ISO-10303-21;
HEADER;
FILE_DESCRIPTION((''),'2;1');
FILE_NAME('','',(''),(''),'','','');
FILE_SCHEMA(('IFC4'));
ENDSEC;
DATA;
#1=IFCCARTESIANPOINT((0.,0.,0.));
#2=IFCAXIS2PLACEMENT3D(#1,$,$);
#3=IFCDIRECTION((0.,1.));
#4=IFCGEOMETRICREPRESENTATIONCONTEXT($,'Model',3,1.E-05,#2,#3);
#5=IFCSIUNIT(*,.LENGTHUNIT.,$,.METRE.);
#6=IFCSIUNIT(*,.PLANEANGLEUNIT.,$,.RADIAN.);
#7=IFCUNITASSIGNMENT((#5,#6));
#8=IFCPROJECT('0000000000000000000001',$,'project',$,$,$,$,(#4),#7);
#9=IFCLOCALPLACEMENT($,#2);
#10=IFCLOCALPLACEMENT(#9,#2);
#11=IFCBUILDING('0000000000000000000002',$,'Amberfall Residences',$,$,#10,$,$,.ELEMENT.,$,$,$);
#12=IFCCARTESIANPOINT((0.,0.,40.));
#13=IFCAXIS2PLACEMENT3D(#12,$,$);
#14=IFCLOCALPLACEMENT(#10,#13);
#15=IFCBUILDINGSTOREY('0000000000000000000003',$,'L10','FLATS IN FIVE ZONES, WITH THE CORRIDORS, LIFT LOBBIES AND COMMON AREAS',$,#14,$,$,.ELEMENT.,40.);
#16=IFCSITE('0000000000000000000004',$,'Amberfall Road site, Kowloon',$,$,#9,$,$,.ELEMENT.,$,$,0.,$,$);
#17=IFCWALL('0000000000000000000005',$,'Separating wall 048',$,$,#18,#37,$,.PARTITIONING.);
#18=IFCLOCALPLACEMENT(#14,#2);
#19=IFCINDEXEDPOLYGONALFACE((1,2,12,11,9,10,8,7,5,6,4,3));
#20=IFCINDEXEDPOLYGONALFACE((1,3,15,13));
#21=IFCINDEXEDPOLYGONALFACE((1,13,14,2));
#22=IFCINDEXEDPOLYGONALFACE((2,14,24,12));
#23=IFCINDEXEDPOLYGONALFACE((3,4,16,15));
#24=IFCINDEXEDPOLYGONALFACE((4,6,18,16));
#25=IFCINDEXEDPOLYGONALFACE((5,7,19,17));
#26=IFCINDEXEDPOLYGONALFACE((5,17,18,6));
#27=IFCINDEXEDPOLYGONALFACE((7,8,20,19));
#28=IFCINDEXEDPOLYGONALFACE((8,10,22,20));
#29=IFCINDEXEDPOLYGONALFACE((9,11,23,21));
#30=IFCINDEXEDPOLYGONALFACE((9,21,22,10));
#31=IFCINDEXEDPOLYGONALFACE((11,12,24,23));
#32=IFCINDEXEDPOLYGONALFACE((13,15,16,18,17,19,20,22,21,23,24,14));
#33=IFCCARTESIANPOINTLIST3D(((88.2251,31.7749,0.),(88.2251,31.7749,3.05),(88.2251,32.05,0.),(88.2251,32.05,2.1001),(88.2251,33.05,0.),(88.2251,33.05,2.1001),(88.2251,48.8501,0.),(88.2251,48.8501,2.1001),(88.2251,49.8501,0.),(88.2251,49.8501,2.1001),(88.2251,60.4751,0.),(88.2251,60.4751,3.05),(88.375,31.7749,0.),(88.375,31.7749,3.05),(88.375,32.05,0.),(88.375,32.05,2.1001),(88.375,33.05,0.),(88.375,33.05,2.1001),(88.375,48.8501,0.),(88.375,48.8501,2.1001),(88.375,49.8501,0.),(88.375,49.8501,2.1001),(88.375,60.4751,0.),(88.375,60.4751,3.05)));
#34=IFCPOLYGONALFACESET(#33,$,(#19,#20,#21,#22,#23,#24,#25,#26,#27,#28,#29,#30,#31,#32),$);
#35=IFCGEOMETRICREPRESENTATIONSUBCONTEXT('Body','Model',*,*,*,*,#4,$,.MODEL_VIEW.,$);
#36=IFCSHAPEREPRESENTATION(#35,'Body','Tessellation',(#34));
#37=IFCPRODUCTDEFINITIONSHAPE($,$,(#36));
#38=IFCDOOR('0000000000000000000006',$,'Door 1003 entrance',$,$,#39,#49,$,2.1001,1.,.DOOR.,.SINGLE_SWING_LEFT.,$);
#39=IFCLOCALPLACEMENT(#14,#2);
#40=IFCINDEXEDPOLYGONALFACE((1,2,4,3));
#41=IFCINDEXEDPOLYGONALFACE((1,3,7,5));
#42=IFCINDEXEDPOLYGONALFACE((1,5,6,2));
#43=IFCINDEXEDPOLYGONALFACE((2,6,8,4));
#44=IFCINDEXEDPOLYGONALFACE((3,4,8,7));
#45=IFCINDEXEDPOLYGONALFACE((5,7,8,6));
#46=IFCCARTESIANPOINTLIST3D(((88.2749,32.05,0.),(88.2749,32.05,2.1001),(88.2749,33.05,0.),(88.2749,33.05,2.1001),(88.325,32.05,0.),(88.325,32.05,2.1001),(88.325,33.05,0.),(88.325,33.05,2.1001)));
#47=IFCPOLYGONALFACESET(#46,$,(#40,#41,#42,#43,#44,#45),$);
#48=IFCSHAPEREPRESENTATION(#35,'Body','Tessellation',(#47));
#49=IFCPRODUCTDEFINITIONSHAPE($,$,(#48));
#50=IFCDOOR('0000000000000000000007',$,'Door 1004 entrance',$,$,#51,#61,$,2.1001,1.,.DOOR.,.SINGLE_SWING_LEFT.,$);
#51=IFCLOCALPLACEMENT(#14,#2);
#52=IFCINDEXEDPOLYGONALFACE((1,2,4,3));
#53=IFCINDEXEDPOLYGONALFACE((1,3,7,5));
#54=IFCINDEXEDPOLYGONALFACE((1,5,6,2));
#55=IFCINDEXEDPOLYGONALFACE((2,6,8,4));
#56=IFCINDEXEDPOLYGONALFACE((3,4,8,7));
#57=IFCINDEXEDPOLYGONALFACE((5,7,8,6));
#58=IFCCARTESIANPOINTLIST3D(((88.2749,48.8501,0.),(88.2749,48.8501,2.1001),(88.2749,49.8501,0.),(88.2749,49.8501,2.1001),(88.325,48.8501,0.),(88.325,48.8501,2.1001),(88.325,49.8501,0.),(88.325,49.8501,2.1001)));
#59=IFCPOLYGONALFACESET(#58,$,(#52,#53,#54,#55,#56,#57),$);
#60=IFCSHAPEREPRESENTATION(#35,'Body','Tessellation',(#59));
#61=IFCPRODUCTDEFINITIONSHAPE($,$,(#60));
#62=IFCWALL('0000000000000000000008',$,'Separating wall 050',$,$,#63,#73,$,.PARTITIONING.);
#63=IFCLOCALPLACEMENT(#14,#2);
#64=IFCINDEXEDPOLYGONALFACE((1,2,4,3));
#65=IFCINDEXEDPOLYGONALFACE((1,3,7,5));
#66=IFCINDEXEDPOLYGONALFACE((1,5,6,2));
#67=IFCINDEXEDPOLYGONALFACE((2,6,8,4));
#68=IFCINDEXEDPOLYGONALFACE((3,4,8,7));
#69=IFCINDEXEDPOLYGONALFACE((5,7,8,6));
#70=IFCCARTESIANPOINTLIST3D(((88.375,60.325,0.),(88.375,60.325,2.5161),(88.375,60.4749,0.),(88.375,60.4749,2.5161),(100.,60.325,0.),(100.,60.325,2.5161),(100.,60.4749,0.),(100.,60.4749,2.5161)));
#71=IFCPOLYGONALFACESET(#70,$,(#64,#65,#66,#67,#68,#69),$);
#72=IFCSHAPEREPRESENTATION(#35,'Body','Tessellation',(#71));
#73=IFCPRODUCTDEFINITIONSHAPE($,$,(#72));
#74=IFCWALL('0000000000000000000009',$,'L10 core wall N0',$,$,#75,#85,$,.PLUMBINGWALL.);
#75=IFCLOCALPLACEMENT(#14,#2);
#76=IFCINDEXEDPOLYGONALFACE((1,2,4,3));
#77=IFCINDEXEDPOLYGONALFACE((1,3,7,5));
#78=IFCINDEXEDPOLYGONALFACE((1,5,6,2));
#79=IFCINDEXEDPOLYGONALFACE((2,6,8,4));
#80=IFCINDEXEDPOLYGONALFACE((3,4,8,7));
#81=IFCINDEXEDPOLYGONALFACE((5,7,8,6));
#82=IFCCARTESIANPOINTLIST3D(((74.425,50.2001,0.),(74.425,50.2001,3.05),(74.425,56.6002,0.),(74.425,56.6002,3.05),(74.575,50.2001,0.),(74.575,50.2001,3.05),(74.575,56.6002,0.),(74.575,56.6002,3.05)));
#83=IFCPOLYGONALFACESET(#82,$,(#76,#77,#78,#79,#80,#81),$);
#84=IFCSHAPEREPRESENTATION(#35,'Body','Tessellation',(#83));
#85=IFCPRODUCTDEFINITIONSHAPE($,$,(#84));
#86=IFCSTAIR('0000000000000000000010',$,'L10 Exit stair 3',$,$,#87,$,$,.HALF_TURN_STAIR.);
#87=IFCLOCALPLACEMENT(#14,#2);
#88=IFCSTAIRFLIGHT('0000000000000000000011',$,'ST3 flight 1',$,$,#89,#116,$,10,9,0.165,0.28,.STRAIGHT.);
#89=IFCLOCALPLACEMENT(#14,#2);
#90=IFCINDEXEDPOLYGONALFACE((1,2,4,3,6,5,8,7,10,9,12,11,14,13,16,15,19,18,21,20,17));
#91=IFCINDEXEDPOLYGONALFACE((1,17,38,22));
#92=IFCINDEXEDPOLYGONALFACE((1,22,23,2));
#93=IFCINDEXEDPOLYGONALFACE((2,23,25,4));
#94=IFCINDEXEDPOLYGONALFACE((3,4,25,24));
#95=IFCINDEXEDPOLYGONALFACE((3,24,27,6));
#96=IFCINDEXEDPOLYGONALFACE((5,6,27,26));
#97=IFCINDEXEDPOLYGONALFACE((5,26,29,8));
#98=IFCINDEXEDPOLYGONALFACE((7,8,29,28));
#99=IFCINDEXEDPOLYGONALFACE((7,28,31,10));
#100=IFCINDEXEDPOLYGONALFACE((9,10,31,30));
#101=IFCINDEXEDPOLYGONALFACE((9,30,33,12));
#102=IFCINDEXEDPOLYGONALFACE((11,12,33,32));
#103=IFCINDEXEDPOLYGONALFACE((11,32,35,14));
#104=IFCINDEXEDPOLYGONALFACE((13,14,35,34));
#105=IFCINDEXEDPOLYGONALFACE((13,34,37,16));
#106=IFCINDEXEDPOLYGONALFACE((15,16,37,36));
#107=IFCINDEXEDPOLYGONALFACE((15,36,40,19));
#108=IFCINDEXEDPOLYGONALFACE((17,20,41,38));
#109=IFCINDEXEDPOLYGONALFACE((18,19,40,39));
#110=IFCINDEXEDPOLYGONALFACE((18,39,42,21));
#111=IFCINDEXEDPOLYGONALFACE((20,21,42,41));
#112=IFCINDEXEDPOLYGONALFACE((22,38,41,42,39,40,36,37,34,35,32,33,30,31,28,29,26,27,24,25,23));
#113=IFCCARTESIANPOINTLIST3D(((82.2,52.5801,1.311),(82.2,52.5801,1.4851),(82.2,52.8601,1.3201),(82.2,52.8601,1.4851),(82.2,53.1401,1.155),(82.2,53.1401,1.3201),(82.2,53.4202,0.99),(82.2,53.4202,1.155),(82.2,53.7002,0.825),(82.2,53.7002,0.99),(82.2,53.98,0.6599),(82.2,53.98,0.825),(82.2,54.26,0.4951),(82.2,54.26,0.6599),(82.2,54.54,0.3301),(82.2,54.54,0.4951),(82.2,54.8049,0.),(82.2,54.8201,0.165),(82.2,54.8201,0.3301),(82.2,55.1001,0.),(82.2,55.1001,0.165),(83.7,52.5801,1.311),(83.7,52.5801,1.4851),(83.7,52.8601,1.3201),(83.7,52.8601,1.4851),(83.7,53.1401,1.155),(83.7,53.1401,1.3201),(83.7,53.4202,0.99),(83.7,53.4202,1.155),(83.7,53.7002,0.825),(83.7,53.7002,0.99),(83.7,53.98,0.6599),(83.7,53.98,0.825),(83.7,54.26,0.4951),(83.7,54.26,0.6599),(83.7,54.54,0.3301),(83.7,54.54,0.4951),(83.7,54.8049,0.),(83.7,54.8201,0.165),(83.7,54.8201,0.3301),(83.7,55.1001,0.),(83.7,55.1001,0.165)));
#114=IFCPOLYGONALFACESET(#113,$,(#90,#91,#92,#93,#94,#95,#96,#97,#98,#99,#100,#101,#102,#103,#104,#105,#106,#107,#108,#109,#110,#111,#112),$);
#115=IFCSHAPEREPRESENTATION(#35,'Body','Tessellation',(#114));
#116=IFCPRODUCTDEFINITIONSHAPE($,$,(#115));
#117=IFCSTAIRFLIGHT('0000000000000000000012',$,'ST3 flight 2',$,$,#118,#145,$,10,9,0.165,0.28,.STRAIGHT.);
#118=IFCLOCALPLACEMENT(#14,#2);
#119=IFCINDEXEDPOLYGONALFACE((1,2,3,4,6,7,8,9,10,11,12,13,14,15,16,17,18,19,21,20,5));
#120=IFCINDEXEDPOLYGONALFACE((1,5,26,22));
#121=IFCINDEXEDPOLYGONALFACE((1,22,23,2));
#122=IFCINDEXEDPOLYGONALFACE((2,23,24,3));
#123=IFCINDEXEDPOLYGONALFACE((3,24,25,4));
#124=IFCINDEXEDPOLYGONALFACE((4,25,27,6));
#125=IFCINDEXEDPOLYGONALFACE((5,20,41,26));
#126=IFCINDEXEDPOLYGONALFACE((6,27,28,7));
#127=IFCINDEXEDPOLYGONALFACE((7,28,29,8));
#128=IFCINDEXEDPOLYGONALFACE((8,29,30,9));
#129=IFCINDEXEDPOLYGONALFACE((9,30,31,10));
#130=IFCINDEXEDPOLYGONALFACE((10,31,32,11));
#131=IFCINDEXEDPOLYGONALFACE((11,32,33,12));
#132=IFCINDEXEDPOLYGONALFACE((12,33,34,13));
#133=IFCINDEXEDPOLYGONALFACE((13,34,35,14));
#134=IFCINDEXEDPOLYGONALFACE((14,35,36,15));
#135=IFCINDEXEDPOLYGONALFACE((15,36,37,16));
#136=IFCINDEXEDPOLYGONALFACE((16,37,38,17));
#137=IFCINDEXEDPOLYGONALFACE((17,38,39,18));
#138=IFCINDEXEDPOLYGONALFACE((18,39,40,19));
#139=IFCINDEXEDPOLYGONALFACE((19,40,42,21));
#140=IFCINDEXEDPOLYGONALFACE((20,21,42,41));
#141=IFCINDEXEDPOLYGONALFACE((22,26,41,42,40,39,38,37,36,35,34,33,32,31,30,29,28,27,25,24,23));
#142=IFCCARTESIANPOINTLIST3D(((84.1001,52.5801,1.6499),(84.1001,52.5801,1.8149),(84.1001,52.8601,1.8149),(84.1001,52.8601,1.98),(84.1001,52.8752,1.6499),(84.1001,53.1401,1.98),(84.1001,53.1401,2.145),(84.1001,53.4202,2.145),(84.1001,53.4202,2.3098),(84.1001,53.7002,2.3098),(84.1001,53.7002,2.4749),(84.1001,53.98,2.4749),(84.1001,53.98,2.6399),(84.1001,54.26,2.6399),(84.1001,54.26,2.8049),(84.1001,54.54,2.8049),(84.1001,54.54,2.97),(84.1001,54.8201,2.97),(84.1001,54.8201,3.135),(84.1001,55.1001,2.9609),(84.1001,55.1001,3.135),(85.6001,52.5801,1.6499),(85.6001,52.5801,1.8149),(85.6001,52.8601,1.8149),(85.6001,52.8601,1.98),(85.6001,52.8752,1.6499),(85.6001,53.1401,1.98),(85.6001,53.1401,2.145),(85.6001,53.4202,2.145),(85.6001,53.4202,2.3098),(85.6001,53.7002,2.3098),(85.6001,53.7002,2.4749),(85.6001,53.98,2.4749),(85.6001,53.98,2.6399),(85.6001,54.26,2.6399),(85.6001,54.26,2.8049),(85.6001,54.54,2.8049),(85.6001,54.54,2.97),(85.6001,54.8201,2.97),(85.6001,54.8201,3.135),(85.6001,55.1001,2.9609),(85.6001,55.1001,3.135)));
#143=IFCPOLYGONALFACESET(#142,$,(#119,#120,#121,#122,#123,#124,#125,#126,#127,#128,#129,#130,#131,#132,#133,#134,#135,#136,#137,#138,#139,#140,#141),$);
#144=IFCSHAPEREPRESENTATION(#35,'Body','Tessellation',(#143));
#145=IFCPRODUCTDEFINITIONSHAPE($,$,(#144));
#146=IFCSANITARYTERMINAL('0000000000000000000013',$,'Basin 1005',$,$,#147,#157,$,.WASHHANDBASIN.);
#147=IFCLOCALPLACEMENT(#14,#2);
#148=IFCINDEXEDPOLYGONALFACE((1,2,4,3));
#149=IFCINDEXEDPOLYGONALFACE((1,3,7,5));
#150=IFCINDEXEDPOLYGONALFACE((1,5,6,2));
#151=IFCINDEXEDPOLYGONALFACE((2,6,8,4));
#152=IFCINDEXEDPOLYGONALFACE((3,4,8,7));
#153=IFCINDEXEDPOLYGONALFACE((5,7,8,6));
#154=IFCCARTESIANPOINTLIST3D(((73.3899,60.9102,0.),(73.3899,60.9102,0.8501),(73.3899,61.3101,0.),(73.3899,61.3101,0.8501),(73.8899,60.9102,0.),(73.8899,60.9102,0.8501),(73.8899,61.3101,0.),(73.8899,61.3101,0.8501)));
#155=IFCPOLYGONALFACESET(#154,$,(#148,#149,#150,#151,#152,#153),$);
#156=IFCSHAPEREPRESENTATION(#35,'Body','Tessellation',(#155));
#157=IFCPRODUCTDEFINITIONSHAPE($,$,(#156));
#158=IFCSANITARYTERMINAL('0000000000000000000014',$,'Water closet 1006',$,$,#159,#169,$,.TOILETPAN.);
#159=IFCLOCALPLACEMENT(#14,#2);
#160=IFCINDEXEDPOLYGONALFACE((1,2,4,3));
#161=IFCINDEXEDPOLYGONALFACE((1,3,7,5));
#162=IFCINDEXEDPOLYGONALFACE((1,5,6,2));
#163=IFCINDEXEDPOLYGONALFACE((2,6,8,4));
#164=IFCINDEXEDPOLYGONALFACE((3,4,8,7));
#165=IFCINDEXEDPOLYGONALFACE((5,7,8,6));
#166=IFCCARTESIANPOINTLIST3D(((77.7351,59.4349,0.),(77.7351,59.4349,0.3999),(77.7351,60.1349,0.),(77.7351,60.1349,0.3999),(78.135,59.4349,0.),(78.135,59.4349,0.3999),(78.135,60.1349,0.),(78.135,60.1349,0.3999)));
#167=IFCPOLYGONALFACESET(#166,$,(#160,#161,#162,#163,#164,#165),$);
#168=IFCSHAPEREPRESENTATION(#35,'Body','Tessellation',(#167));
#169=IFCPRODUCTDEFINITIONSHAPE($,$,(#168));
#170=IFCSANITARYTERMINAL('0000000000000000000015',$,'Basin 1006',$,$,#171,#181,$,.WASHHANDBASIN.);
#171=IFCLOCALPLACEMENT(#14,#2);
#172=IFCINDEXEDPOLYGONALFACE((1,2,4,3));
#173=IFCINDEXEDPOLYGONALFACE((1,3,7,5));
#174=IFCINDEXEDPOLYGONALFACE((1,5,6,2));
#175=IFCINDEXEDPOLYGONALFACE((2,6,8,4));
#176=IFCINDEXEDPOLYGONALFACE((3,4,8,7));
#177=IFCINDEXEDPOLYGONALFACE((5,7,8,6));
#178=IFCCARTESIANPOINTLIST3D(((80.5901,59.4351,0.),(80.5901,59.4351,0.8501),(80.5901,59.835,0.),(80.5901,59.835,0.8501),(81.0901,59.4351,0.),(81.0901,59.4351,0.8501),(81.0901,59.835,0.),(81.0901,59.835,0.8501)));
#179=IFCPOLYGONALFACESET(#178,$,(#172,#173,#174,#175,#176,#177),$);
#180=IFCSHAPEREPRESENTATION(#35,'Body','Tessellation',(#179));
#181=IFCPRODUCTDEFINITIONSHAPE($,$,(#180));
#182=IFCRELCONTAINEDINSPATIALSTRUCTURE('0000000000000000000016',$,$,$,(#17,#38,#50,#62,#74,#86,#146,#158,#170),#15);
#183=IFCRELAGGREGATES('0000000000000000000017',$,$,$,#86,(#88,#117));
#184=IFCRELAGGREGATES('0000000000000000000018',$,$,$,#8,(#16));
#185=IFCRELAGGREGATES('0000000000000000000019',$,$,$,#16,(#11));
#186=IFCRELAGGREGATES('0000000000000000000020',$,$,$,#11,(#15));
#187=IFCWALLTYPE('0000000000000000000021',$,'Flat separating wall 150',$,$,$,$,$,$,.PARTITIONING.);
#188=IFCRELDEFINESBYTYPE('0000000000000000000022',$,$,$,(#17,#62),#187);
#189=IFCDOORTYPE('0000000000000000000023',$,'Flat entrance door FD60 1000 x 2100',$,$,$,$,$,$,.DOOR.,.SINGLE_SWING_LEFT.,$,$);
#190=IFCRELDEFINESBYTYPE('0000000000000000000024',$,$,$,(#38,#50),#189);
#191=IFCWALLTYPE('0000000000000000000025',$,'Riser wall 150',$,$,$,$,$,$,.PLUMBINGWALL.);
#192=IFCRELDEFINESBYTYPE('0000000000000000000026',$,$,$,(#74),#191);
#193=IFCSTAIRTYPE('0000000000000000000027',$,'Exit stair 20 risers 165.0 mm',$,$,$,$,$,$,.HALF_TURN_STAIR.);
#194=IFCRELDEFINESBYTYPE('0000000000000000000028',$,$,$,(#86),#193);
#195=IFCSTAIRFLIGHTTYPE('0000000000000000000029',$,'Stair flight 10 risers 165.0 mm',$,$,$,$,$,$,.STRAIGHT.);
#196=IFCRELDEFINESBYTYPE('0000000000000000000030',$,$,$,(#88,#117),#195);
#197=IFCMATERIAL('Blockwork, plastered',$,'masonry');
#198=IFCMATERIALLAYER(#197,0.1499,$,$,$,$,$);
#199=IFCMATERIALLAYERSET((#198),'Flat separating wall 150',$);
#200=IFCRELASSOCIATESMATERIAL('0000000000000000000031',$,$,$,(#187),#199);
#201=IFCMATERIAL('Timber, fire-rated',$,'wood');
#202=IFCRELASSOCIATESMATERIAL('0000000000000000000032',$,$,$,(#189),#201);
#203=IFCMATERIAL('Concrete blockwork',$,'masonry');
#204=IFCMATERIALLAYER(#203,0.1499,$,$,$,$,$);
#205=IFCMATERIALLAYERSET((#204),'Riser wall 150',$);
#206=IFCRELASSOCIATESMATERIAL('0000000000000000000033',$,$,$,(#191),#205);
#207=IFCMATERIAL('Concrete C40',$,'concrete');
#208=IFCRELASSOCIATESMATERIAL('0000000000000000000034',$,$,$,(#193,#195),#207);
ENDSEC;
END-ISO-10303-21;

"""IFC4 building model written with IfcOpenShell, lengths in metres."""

from ifc_helpers import new_model, si_unit, direction, frame, frame_2d, origin, origin_2d, place, context, subcontext, project, spatial, polyline, rectangle, outline, extrude, material, layer, layer_set, type_object, element, fill, aggregate, save


model = new_model("IFC4")

# Units and contexts
model_context = context("Model", 3, precision=1e-05, world=origin(), true_north=direction((0.0, 1.0)))
body_context = subcontext(model_context, "Body", "Model", "MODEL_VIEW")
ifc_project = project(units=[si_unit("LENGTHUNIT", "METRE"), si_unit("PLANEANGLEUNIT", "RADIAN")], contexts=[model_context])

# Site, building, storey
site_placement = place(None, origin())
site = spatial("IfcSite", under=ifc_project, at=site_placement, Name="Amberfall Road site, Kowloon", CompositionType="ELEMENT", RefElevation=0.0)
building_placement = place(site_placement, origin())
building = spatial("IfcBuilding", under=site, at=building_placement, Name="Amberfall Residences", CompositionType="ELEMENT")
storey_placement = place(building_placement, frame((0.0, 0.0, 40.0)))
storey = spatial("IfcBuildingStorey", under=building, at=storey_placement, Name="L10", Description="FLATS IN FIVE ZONES, WITH THE CORRIDORS, LIFT LOBBIES AND COMMON AREAS", CompositionType="ELEMENT", Elevation=40.0)

# Shared definitions
ifc_material_1 = material(Name="Blockwork, plastered", Category="masonry")
ifc_layer_1 = layer(ifc_material_1, 0.1499)
ifc_layer_set_1 = layer_set([ifc_layer_1], Name="Flat separating wall 150")
wall_type_1 = type_object("IfcWallType", Name="Flat separating wall 150", PredefinedType="PARTITIONING", material=ifc_layer_set_1)

# Wall, openings, doors
wall_1_placement = place(storey_placement, frame((88.3, 60.4751, 0.0), z_axis=(0.0, 0.0, 1.0), x_axis=(0.0, -1.0, 0.0)))
wall_1 = element("IfcWall", 1, at=wall_1_placement, inside=storey, type_object=wall_type_1, Name="Separating wall 048", PredefinedType="PARTITIONING", context=body_context, shape_type="SweptSolid", body=[
    extrude(rectangle(XDim=28.7002, YDim=0.1499, at=frame_2d((14.3501, 0.0))), origin(), (0.0, 0.0, 1.0), 3.05),
])
opening_1_placement = place(wall_1_placement, frame((27.425, 0.0, 0.0)))
opening_1 = element("IfcOpeningElement", 2, at=opening_1_placement, cuts=wall_1, PredefinedType="OPENING", context=body_context, shape_type="SweptSolid", body=[
    extrude(rectangle(XDim=1.0, YDim=2.1001, at=frame_2d((0.5, 1.05))), frame((0.0, 0.085, 0.0), z_axis=(0.0, -1.0, 0.0), x_axis=(1.0, 0.0, 0.0)), (0.0, 0.0, 1.0), 0.1699),
])
opening_2_placement = place(wall_1_placement, frame((10.625, 0.0, 0.0)))
opening_2 = element("IfcOpeningElement", 3, at=opening_2_placement, cuts=wall_1, PredefinedType="OPENING", context=body_context, shape_type="SweptSolid", body=[
    extrude(rectangle(XDim=1.0, YDim=2.1001, at=frame_2d((0.5, 1.05))), frame((0.0, 0.085, 0.0), z_axis=(0.0, -1.0, 0.0), x_axis=(1.0, 0.0, 0.0)), (0.0, 0.0, 1.0), 0.1699),
])
ifc_material_2 = material(Name="Timber, fire-rated", Category="wood")
door_type_1 = type_object("IfcDoorType", Name="Flat entrance door FD60 1000 x 2100", OperationType="SINGLE_SWING_LEFT", PredefinedType="DOOR", material=ifc_material_2)
door_1_placement = place(opening_1_placement, origin())
door_1 = element("IfcDoor", 4, at=door_1_placement, inside=storey, type_object=door_type_1, Name="Door 1003 entrance", OperationType="SINGLE_SWING_LEFT", OverallHeight=2.1001, OverallWidth=1.0, PredefinedType="DOOR", context=body_context, shape_type="SweptSolid", body=[
    extrude(rectangle(XDim=1.0, YDim=2.1001, at=frame_2d((0.5, 1.05))), frame((0.0, 0.0249, 0.0), z_axis=(0.0, -1.0, 0.0), x_axis=(1.0, 0.0, 0.0)), (0.0, 0.0, 1.0), 0.05),
])
fill(opening_1, door_1)
door_2_placement = place(opening_2_placement, origin())
door_2 = element("IfcDoor", 5, at=door_2_placement, inside=storey, type_object=door_type_1, Name="Door 1004 entrance", OperationType="SINGLE_SWING_LEFT", OverallHeight=2.1001, OverallWidth=1.0, PredefinedType="DOOR", context=body_context, shape_type="SweptSolid", body=[
    extrude(rectangle(XDim=1.0, YDim=2.1001, at=frame_2d((0.5, 1.05))), frame((0.0, 0.0249, 0.0), z_axis=(0.0, -1.0, 0.0), x_axis=(1.0, 0.0, 0.0)), (0.0, 0.0, 1.0), 0.05),
])
fill(opening_2, door_2)

# Walls
wall_2_placement = place(storey_placement, frame((88.375, 60.3999, 0.0), z_axis=(0.0, 0.0, 1.0), x_axis=(1.0, 0.0, 0.0)))
element("IfcWall", 6, at=wall_2_placement, inside=storey, type_object=wall_type_1, Name="Separating wall 050", PredefinedType="PARTITIONING", context=body_context, shape_type="SweptSolid", body=[
    extrude(rectangle(XDim=11.625, YDim=0.1499, at=frame_2d((5.8125, 0.0))), origin(), (0.0, 0.0, 1.0), 2.5161),
])
ifc_material_3 = material(Name="Concrete blockwork", Category="masonry")
ifc_layer_2 = layer(ifc_material_3, 0.1499)
ifc_layer_set_2 = layer_set([ifc_layer_2], Name="Riser wall 150")
wall_type_2 = type_object("IfcWallType", Name="Riser wall 150", PredefinedType="PLUMBINGWALL", material=ifc_layer_set_2)
wall_3_placement = place(storey_placement, frame((74.5, 50.2, 0.0), z_axis=(0.0, 0.0, 1.0), x_axis=(0.0, 1.0, 0.0)))
element("IfcWall", 7, at=wall_3_placement, inside=storey, type_object=wall_type_2, Name="L10 core wall N0", PredefinedType="PLUMBINGWALL", context=body_context, shape_type="SweptSolid", body=[
    extrude(rectangle(XDim=6.4001, YDim=0.1499, at=frame_2d((3.2002, 0.0))), origin(), (0.0, 0.0, 1.0), 3.05),
])

# Stair, stair flights
ifc_material_4 = material(Name="Concrete C40", Category="concrete")
stair_type = type_object("IfcStairType", Name="Exit stair 20 risers 165.0 mm", PredefinedType="HALF_TURN_STAIR", material=ifc_material_4)
stair_placement = place(storey_placement, origin())
stair = element("IfcStair", 8, at=stair_placement, inside=storey, type_object=stair_type, Name="L10 Exit stair 3", PredefinedType="HALF_TURN_STAIR")
stair_flight_type = type_object("IfcStairFlightType", Name="Stair flight 10 risers 165.0 mm", PredefinedType="STRAIGHT", material=ifc_material_4)
stair_flight_1_placement = place(storey_placement, frame((82.95, 55.1001, 0.0), z_axis=(0.0, 0.0, 1.0), x_axis=(0.0, -1.0, 0.0)))
stair_flight_1 = element("IfcStairFlight", 9, at=stair_flight_1_placement, type_object=stair_flight_type, Name="ST3 flight 1", NumberOfRisers=10, NumberOfTreads=9, PredefinedType="STRAIGHT", RiserHeight=0.165, TreadLength=0.28, context=body_context, shape_type="SweptSolid", body=[
    extrude(outline(polyline([(0.0, 0.0), (0.0, 0.165), (0.28, 0.165), (0.28, 0.3301), (0.5601, 0.3301), (0.5601, 0.4951), (0.8401, 0.4951), (0.8401, 0.6599), (1.1201, 0.6599), (1.1201, 0.825), (1.3999, 0.825), (1.3999, 0.99), (1.6799, 0.99), (1.6799, 1.155), (1.96, 1.155), (1.96, 1.3201), (2.24, 1.3201), (2.24, 1.4851), (2.52, 1.4851), (2.52, 1.6499), (2.52, 1.311), (0.2952, 0.0), (0.0, 0.0)])), frame((0.0, 0.75, 0.0), z_axis=(0.0, -1.0, 0.0), x_axis=(1.0, 0.0, 0.0)), (0.0, 0.0, 1.0), 1.5),
])
stair_flight_2_placement = place(storey_placement, frame((84.8501, 52.5801, 1.6499), z_axis=(0.0, 0.0, 1.0), x_axis=(0.0, 1.0, 0.0)))
stair_flight_2 = element("IfcStairFlight", 10, at=stair_flight_2_placement, type_object=stair_flight_type, Name="ST3 flight 2", NumberOfRisers=10, NumberOfTreads=9, PredefinedType="STRAIGHT", RiserHeight=0.165, TreadLength=0.28, context=body_context, shape_type="SweptSolid", body=[
    extrude(outline(polyline([(0.0, 0.0), (0.0, 0.165), (0.28, 0.165), (0.28, 0.3301), (0.5601, 0.3301), (0.5601, 0.4951), (0.8401, 0.4951), (0.8401, 0.6599), (1.1201, 0.6599), (1.1201, 0.825), (1.3999, 0.825), (1.3999, 0.99), (1.6799, 0.99), (1.6799, 1.155), (1.96, 1.155), (1.96, 1.3201), (2.24, 1.3201), (2.24, 1.4851), (2.52, 1.4851), (2.52, 1.6499), (2.52, 1.311), (0.2952, 0.0), (0.0, 0.0)])), frame((0.0, 0.75, 0.0), z_axis=(0.0, -1.0, 0.0), x_axis=(1.0, 0.0, 0.0)), (0.0, 0.0, 1.0), 1.5),
])
aggregate(stair, [stair_flight_1, stair_flight_2])

# Sanitary terminals
sanitary_terminal_1_placement = place(storey_placement, frame((73.6399, 61.1101, 0.0), z_axis=(0.0, 0.0, 1.0), x_axis=(1.0, 0.0, 0.0)))
element("IfcSanitaryTerminal", 11, at=sanitary_terminal_1_placement, inside=storey, Name="Basin 1005", PredefinedType="WASHHANDBASIN", context=body_context, shape_type="SweptSolid", body=[
    extrude(rectangle(XDim=0.5, YDim=0.3999, at=origin_2d()), origin(), (0.0, 0.0, 1.0), 0.8501),
])
sanitary_terminal_2_placement = place(storey_placement, frame((77.9351, 59.7849, 0.0), z_axis=(0.0, 0.0, 1.0), x_axis=(1.0, 0.0, 0.0)))
element("IfcSanitaryTerminal", 12, at=sanitary_terminal_2_placement, inside=storey, Name="Water closet 1006", PredefinedType="TOILETPAN", context=body_context, shape_type="SweptSolid", body=[
    extrude(rectangle(XDim=0.3999, YDim=0.7, at=origin_2d()), origin(), (0.0, 0.0, 1.0), 0.3999),
])
sanitary_terminal_3_placement = place(storey_placement, frame((80.8401, 59.635, 0.0), z_axis=(0.0, 0.0, 1.0), x_axis=(1.0, 0.0, 0.0)))
element("IfcSanitaryTerminal", 13, at=sanitary_terminal_3_placement, inside=storey, Name="Basin 1006", PredefinedType="WASHHANDBASIN", context=body_context, shape_type="SweptSolid", body=[
    extrude(rectangle(XDim=0.5, YDim=0.3999, at=origin_2d()), origin(), (0.0, 0.0, 1.0), 0.8501),
])

save(model, "model.ifc")
